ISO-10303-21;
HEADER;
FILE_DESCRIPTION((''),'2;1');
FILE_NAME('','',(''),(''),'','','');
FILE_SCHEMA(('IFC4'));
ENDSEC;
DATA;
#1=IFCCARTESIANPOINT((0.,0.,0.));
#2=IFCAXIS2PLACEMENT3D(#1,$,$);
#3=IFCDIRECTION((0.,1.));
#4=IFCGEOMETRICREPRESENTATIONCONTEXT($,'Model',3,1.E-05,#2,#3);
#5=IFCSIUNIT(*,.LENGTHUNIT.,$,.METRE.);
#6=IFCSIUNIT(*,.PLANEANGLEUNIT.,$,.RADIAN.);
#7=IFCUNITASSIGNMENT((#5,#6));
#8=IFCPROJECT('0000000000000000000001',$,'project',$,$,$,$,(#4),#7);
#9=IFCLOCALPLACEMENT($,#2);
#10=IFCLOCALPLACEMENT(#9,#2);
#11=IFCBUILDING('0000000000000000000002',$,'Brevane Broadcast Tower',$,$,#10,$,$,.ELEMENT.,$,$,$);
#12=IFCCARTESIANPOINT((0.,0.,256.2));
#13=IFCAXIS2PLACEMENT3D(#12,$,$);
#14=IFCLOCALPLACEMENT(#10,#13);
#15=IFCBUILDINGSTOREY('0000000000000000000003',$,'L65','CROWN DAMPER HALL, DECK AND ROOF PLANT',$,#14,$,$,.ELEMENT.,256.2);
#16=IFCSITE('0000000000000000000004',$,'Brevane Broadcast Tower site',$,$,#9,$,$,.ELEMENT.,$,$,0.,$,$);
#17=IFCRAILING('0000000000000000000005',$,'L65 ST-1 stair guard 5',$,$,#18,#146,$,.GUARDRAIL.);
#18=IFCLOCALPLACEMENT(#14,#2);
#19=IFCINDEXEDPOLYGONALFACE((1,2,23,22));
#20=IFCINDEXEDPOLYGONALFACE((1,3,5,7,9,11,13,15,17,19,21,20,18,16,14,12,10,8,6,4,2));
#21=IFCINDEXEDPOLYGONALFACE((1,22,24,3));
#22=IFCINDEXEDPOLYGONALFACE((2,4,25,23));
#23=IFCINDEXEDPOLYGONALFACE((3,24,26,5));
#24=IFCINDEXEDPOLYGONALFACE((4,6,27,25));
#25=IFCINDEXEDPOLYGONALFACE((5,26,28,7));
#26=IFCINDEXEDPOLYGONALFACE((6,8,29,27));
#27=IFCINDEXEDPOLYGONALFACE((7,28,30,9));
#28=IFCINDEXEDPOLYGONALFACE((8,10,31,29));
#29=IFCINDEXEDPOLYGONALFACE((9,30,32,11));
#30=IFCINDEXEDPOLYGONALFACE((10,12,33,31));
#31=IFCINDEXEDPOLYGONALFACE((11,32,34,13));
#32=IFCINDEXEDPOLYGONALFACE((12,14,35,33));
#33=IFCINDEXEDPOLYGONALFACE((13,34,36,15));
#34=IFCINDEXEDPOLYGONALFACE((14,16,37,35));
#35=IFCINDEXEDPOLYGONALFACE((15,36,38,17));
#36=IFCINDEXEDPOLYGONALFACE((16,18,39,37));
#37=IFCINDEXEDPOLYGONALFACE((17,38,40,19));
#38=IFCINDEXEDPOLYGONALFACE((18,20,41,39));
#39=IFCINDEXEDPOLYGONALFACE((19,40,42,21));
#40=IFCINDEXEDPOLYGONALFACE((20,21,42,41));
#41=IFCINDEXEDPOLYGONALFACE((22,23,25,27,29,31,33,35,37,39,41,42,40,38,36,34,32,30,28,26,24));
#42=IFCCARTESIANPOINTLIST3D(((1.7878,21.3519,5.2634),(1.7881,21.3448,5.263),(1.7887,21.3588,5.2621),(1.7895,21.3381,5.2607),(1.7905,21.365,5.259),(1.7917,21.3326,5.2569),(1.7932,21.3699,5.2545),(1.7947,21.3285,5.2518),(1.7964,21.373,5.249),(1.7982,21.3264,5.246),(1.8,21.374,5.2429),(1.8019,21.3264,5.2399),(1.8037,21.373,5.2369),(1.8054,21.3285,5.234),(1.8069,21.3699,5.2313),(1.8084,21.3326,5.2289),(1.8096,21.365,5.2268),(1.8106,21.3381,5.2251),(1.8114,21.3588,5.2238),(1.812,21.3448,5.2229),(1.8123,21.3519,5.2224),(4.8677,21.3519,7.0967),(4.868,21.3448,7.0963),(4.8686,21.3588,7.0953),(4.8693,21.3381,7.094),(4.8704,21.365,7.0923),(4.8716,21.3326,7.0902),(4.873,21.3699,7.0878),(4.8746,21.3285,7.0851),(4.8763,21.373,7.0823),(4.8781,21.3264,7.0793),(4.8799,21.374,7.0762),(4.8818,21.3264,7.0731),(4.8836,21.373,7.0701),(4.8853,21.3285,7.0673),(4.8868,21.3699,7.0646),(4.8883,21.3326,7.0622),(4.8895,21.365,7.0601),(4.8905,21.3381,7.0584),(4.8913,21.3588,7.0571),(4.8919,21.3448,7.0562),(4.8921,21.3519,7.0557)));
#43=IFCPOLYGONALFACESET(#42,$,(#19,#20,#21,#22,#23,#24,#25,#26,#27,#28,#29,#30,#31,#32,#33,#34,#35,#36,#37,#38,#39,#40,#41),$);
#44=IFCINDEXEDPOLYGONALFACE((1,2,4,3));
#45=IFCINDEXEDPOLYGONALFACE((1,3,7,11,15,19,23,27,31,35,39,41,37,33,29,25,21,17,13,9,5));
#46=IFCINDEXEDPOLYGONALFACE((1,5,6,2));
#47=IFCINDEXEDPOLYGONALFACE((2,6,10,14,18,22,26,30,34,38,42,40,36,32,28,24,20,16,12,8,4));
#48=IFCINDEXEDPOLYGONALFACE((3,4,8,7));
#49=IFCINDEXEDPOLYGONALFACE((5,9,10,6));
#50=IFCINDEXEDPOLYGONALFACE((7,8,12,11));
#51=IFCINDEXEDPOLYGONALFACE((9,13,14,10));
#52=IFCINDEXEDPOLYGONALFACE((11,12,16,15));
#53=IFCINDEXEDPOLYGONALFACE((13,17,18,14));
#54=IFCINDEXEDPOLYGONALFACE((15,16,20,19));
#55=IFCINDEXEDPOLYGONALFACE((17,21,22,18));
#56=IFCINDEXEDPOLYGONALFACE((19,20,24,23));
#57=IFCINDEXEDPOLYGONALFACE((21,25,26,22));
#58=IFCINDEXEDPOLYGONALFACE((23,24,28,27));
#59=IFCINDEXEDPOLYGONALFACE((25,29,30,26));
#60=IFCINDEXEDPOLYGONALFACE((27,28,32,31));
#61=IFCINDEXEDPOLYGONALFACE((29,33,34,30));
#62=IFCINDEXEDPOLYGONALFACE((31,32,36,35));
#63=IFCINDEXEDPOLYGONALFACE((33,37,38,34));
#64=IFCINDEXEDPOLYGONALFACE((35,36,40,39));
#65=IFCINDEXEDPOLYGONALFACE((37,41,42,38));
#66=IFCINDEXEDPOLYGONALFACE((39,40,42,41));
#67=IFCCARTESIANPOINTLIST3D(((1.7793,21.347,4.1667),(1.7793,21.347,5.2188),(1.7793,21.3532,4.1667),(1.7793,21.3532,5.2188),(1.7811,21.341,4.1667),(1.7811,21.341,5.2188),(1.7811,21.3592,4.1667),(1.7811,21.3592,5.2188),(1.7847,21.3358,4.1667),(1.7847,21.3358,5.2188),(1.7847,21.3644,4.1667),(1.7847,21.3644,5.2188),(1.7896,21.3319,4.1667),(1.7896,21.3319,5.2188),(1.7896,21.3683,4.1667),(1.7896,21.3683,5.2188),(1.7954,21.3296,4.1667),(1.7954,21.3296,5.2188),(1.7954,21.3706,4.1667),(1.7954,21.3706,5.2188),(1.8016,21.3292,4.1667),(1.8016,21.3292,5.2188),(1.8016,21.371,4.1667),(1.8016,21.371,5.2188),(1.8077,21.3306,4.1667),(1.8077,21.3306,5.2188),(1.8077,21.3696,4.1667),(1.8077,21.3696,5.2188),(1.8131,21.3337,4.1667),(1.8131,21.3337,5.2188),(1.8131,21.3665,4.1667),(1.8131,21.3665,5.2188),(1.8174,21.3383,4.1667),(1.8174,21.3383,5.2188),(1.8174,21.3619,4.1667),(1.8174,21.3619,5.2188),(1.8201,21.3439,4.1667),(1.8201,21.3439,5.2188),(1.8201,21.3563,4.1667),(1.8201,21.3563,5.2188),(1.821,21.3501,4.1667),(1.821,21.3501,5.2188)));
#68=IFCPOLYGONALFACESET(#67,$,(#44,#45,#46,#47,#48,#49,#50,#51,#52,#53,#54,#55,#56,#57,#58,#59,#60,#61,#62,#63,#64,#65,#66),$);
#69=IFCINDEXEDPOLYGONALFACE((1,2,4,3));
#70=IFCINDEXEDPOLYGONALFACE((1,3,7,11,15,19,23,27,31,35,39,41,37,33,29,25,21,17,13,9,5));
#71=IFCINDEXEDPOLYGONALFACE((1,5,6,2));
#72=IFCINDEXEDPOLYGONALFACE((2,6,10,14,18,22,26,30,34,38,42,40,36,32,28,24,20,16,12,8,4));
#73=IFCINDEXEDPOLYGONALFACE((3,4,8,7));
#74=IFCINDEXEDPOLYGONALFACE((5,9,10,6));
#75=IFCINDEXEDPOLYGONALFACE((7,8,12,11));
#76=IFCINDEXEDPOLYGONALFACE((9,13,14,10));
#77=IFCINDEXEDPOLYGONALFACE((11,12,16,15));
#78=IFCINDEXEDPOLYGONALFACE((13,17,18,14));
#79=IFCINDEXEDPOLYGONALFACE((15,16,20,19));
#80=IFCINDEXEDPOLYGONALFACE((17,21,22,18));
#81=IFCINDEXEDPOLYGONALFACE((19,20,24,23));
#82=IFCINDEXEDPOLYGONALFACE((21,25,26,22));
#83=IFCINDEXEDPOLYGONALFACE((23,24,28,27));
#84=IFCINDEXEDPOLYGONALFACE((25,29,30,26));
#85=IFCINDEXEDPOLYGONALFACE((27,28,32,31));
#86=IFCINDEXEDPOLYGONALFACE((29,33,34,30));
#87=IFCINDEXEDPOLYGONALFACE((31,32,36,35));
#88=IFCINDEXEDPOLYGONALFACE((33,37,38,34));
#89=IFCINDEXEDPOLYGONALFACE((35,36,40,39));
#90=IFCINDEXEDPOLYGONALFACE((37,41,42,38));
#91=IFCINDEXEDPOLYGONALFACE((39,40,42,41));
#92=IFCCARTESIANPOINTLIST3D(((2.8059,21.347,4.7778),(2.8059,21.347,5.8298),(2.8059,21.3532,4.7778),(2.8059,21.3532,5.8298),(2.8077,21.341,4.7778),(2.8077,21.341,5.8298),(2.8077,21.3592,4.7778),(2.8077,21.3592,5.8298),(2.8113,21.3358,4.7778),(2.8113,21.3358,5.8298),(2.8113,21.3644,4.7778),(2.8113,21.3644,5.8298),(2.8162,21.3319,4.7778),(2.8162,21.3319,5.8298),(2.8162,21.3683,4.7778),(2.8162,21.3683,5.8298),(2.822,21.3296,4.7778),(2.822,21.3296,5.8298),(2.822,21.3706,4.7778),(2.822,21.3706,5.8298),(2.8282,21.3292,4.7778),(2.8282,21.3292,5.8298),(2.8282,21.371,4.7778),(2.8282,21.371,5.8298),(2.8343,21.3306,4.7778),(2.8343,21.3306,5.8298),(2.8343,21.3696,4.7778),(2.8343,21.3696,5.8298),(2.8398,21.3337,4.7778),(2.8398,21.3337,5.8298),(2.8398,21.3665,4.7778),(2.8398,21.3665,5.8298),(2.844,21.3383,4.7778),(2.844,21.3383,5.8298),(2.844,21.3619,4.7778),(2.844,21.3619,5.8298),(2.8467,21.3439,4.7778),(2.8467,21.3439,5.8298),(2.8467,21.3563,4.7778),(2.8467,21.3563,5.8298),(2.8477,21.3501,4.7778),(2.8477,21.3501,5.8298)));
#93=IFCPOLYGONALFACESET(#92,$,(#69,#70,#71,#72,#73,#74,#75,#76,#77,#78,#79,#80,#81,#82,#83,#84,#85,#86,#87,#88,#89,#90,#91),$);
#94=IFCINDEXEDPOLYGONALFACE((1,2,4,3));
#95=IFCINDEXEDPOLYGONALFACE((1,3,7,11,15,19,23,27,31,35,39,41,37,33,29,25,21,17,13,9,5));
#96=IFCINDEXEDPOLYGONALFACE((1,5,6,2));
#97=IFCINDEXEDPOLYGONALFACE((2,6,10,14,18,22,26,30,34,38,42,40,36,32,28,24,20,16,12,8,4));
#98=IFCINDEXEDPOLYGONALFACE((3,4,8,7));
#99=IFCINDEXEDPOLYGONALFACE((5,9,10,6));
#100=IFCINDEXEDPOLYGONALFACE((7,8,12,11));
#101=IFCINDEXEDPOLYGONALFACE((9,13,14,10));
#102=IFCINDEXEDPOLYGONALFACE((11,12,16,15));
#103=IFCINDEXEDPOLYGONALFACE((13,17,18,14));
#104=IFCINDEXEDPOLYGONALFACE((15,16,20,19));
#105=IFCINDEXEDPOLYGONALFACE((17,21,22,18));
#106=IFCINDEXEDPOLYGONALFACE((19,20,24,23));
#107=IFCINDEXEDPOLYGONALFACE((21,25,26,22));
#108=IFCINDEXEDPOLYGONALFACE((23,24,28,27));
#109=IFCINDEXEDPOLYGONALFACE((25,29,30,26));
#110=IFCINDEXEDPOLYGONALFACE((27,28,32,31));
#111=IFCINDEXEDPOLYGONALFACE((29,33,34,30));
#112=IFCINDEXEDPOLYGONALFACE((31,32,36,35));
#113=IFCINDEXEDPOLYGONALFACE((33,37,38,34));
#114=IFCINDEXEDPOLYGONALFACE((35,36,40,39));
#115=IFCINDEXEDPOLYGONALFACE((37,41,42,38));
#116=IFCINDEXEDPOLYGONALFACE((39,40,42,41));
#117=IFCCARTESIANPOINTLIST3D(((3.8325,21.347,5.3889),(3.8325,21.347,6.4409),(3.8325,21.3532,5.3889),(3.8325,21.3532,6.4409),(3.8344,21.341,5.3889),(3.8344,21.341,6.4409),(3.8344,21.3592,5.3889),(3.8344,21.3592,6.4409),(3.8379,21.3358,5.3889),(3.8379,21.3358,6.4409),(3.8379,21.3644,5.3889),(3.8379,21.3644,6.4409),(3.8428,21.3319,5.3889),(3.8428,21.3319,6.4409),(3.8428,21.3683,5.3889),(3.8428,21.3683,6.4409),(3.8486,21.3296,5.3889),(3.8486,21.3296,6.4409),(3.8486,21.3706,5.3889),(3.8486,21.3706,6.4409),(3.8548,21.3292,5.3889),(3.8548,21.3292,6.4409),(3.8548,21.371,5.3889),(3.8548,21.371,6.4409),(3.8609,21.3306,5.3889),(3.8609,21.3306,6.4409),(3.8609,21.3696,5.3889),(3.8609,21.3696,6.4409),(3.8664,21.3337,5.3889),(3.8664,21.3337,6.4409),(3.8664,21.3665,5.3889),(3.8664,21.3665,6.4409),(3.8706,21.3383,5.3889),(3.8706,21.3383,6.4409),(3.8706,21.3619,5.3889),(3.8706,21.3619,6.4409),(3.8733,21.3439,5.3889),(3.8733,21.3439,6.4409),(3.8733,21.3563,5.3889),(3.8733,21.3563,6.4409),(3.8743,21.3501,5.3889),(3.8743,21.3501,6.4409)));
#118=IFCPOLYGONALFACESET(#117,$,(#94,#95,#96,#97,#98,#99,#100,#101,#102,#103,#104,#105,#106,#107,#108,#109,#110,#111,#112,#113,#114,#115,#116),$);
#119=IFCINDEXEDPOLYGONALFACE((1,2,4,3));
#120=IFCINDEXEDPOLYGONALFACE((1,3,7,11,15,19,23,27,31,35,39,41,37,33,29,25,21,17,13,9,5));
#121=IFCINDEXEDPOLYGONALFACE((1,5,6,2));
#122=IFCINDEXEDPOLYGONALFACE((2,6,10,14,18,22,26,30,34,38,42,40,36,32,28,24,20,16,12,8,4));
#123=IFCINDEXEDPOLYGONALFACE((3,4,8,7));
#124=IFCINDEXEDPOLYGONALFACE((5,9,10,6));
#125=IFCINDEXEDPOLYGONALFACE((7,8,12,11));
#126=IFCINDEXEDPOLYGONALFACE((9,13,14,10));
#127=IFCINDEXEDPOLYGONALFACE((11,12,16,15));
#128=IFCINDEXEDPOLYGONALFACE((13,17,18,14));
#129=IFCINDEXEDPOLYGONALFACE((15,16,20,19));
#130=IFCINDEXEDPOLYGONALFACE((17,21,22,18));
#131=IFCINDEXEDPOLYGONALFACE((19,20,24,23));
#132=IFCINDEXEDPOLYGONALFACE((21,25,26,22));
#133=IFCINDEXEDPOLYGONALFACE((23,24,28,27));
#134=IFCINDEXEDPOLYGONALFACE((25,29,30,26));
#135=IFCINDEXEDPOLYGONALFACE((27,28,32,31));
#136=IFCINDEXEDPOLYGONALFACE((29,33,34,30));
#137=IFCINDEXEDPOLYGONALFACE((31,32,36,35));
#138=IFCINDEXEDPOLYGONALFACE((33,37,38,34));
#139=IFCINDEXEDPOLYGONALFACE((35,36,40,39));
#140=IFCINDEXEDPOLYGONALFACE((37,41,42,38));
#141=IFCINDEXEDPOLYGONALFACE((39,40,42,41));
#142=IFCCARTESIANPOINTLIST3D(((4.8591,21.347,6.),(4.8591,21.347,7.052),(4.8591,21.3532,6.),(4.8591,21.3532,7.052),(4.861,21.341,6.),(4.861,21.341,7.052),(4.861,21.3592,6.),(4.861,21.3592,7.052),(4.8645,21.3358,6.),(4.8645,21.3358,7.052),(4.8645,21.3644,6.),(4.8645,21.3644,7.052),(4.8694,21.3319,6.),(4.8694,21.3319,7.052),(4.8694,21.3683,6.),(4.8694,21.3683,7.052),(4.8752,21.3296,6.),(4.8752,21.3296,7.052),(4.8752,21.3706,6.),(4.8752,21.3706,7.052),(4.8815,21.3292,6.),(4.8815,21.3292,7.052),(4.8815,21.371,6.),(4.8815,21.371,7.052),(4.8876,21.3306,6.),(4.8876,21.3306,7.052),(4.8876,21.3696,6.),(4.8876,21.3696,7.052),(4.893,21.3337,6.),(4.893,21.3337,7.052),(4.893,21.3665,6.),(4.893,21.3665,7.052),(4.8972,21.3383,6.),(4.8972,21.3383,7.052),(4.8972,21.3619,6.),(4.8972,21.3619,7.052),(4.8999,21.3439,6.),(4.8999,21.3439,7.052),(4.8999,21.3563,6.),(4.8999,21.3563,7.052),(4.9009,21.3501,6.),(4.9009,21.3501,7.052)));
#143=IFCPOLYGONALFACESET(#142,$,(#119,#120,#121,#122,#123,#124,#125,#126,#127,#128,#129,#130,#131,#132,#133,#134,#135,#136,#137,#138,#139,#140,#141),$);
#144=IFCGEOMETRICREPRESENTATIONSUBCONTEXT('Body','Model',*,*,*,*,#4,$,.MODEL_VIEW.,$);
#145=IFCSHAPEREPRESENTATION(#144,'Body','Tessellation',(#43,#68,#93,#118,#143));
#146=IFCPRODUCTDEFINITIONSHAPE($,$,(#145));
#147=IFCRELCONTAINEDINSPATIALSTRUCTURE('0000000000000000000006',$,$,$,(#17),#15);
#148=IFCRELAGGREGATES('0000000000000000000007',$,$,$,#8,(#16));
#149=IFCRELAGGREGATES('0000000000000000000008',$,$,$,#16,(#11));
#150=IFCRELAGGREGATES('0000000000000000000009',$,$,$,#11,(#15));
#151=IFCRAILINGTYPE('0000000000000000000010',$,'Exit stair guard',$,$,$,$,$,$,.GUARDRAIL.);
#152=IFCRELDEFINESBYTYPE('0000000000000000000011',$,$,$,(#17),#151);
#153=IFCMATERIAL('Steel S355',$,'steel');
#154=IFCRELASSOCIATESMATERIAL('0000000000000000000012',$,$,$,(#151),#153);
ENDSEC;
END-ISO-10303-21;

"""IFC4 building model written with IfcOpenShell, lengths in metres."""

from ifc_helpers import new_model, si_unit, direction, frame, origin, origin_2d, place, context, subcontext, project, spatial, circle, extrude, material, type_object, element, save


model = new_model("IFC4")

# Units and contexts
model_context = context("Model", 3, precision=1e-05, world=origin(), true_north=direction((0.0, 1.0)))
body_context = subcontext(model_context, "Body", "Model", "MODEL_VIEW")
ifc_project = project(units=[si_unit("LENGTHUNIT", "METRE"), si_unit("PLANEANGLEUNIT", "RADIAN")], contexts=[model_context])

# Site, building, storey
site_placement = place(None, origin())
site = spatial("IfcSite", under=ifc_project, at=site_placement, Name="Brevane Broadcast Tower site", CompositionType="ELEMENT", RefElevation=0.0)
building_placement = place(site_placement, origin())
building = spatial("IfcBuilding", under=site, at=building_placement, Name="Brevane Broadcast Tower", CompositionType="ELEMENT")
storey_placement = place(building_placement, frame((0.0, 0.0, 256.2)))
storey = spatial("IfcBuildingStorey", under=building, at=storey_placement, Name="L65", Description="CROWN DAMPER HALL, DECK AND ROOF PLANT", CompositionType="ELEMENT", Elevation=256.2)

# Railing
ifc_material_1 = material(Name="Steel S355", Category="steel")
railing_type_1 = type_object("IfcRailingType", Name="Exit stair guard", PredefinedType="GUARDRAIL", material=ifc_material_1)
railing_1_placement = place(storey_placement, frame((1.8, 21.3501, 4.1667)))
element("IfcRailing", 1, at=railing_1_placement, inside=storey, type_object=railing_type_1, Name="L65 ST-1 stair guard 5", PredefinedType="GUARDRAIL", context=body_context, shape_type="SweptSolid", body=[
    extrude(circle(Radius=0.0239, at=origin_2d()), frame((0.0, 0.0, 1.0762), z_axis=(0.859291, 0.0, 0.511487), x_axis=(0.0, 1.0, 0.0)), (0.0, 0.0, 1.0), 3.5842),
    extrude(circle(Radius=0.021, at=origin_2d()), origin(), (0.0, 0.0, 1.0), 1.052),
    extrude(circle(Radius=0.021, at=origin_2d()), frame((1.0266, 0.0, 0.6111)), (0.0, 0.0, 1.0), 1.052),
    extrude(circle(Radius=0.021, at=origin_2d()), frame((2.0532, 0.0, 1.2222)), (0.0, 0.0, 1.0), 1.052),
    extrude(circle(Radius=0.021, at=origin_2d()), frame((3.0798, 0.0, 1.8333)), (0.0, 0.0, 1.0), 1.052),
])

save(model, "model.ifc")
